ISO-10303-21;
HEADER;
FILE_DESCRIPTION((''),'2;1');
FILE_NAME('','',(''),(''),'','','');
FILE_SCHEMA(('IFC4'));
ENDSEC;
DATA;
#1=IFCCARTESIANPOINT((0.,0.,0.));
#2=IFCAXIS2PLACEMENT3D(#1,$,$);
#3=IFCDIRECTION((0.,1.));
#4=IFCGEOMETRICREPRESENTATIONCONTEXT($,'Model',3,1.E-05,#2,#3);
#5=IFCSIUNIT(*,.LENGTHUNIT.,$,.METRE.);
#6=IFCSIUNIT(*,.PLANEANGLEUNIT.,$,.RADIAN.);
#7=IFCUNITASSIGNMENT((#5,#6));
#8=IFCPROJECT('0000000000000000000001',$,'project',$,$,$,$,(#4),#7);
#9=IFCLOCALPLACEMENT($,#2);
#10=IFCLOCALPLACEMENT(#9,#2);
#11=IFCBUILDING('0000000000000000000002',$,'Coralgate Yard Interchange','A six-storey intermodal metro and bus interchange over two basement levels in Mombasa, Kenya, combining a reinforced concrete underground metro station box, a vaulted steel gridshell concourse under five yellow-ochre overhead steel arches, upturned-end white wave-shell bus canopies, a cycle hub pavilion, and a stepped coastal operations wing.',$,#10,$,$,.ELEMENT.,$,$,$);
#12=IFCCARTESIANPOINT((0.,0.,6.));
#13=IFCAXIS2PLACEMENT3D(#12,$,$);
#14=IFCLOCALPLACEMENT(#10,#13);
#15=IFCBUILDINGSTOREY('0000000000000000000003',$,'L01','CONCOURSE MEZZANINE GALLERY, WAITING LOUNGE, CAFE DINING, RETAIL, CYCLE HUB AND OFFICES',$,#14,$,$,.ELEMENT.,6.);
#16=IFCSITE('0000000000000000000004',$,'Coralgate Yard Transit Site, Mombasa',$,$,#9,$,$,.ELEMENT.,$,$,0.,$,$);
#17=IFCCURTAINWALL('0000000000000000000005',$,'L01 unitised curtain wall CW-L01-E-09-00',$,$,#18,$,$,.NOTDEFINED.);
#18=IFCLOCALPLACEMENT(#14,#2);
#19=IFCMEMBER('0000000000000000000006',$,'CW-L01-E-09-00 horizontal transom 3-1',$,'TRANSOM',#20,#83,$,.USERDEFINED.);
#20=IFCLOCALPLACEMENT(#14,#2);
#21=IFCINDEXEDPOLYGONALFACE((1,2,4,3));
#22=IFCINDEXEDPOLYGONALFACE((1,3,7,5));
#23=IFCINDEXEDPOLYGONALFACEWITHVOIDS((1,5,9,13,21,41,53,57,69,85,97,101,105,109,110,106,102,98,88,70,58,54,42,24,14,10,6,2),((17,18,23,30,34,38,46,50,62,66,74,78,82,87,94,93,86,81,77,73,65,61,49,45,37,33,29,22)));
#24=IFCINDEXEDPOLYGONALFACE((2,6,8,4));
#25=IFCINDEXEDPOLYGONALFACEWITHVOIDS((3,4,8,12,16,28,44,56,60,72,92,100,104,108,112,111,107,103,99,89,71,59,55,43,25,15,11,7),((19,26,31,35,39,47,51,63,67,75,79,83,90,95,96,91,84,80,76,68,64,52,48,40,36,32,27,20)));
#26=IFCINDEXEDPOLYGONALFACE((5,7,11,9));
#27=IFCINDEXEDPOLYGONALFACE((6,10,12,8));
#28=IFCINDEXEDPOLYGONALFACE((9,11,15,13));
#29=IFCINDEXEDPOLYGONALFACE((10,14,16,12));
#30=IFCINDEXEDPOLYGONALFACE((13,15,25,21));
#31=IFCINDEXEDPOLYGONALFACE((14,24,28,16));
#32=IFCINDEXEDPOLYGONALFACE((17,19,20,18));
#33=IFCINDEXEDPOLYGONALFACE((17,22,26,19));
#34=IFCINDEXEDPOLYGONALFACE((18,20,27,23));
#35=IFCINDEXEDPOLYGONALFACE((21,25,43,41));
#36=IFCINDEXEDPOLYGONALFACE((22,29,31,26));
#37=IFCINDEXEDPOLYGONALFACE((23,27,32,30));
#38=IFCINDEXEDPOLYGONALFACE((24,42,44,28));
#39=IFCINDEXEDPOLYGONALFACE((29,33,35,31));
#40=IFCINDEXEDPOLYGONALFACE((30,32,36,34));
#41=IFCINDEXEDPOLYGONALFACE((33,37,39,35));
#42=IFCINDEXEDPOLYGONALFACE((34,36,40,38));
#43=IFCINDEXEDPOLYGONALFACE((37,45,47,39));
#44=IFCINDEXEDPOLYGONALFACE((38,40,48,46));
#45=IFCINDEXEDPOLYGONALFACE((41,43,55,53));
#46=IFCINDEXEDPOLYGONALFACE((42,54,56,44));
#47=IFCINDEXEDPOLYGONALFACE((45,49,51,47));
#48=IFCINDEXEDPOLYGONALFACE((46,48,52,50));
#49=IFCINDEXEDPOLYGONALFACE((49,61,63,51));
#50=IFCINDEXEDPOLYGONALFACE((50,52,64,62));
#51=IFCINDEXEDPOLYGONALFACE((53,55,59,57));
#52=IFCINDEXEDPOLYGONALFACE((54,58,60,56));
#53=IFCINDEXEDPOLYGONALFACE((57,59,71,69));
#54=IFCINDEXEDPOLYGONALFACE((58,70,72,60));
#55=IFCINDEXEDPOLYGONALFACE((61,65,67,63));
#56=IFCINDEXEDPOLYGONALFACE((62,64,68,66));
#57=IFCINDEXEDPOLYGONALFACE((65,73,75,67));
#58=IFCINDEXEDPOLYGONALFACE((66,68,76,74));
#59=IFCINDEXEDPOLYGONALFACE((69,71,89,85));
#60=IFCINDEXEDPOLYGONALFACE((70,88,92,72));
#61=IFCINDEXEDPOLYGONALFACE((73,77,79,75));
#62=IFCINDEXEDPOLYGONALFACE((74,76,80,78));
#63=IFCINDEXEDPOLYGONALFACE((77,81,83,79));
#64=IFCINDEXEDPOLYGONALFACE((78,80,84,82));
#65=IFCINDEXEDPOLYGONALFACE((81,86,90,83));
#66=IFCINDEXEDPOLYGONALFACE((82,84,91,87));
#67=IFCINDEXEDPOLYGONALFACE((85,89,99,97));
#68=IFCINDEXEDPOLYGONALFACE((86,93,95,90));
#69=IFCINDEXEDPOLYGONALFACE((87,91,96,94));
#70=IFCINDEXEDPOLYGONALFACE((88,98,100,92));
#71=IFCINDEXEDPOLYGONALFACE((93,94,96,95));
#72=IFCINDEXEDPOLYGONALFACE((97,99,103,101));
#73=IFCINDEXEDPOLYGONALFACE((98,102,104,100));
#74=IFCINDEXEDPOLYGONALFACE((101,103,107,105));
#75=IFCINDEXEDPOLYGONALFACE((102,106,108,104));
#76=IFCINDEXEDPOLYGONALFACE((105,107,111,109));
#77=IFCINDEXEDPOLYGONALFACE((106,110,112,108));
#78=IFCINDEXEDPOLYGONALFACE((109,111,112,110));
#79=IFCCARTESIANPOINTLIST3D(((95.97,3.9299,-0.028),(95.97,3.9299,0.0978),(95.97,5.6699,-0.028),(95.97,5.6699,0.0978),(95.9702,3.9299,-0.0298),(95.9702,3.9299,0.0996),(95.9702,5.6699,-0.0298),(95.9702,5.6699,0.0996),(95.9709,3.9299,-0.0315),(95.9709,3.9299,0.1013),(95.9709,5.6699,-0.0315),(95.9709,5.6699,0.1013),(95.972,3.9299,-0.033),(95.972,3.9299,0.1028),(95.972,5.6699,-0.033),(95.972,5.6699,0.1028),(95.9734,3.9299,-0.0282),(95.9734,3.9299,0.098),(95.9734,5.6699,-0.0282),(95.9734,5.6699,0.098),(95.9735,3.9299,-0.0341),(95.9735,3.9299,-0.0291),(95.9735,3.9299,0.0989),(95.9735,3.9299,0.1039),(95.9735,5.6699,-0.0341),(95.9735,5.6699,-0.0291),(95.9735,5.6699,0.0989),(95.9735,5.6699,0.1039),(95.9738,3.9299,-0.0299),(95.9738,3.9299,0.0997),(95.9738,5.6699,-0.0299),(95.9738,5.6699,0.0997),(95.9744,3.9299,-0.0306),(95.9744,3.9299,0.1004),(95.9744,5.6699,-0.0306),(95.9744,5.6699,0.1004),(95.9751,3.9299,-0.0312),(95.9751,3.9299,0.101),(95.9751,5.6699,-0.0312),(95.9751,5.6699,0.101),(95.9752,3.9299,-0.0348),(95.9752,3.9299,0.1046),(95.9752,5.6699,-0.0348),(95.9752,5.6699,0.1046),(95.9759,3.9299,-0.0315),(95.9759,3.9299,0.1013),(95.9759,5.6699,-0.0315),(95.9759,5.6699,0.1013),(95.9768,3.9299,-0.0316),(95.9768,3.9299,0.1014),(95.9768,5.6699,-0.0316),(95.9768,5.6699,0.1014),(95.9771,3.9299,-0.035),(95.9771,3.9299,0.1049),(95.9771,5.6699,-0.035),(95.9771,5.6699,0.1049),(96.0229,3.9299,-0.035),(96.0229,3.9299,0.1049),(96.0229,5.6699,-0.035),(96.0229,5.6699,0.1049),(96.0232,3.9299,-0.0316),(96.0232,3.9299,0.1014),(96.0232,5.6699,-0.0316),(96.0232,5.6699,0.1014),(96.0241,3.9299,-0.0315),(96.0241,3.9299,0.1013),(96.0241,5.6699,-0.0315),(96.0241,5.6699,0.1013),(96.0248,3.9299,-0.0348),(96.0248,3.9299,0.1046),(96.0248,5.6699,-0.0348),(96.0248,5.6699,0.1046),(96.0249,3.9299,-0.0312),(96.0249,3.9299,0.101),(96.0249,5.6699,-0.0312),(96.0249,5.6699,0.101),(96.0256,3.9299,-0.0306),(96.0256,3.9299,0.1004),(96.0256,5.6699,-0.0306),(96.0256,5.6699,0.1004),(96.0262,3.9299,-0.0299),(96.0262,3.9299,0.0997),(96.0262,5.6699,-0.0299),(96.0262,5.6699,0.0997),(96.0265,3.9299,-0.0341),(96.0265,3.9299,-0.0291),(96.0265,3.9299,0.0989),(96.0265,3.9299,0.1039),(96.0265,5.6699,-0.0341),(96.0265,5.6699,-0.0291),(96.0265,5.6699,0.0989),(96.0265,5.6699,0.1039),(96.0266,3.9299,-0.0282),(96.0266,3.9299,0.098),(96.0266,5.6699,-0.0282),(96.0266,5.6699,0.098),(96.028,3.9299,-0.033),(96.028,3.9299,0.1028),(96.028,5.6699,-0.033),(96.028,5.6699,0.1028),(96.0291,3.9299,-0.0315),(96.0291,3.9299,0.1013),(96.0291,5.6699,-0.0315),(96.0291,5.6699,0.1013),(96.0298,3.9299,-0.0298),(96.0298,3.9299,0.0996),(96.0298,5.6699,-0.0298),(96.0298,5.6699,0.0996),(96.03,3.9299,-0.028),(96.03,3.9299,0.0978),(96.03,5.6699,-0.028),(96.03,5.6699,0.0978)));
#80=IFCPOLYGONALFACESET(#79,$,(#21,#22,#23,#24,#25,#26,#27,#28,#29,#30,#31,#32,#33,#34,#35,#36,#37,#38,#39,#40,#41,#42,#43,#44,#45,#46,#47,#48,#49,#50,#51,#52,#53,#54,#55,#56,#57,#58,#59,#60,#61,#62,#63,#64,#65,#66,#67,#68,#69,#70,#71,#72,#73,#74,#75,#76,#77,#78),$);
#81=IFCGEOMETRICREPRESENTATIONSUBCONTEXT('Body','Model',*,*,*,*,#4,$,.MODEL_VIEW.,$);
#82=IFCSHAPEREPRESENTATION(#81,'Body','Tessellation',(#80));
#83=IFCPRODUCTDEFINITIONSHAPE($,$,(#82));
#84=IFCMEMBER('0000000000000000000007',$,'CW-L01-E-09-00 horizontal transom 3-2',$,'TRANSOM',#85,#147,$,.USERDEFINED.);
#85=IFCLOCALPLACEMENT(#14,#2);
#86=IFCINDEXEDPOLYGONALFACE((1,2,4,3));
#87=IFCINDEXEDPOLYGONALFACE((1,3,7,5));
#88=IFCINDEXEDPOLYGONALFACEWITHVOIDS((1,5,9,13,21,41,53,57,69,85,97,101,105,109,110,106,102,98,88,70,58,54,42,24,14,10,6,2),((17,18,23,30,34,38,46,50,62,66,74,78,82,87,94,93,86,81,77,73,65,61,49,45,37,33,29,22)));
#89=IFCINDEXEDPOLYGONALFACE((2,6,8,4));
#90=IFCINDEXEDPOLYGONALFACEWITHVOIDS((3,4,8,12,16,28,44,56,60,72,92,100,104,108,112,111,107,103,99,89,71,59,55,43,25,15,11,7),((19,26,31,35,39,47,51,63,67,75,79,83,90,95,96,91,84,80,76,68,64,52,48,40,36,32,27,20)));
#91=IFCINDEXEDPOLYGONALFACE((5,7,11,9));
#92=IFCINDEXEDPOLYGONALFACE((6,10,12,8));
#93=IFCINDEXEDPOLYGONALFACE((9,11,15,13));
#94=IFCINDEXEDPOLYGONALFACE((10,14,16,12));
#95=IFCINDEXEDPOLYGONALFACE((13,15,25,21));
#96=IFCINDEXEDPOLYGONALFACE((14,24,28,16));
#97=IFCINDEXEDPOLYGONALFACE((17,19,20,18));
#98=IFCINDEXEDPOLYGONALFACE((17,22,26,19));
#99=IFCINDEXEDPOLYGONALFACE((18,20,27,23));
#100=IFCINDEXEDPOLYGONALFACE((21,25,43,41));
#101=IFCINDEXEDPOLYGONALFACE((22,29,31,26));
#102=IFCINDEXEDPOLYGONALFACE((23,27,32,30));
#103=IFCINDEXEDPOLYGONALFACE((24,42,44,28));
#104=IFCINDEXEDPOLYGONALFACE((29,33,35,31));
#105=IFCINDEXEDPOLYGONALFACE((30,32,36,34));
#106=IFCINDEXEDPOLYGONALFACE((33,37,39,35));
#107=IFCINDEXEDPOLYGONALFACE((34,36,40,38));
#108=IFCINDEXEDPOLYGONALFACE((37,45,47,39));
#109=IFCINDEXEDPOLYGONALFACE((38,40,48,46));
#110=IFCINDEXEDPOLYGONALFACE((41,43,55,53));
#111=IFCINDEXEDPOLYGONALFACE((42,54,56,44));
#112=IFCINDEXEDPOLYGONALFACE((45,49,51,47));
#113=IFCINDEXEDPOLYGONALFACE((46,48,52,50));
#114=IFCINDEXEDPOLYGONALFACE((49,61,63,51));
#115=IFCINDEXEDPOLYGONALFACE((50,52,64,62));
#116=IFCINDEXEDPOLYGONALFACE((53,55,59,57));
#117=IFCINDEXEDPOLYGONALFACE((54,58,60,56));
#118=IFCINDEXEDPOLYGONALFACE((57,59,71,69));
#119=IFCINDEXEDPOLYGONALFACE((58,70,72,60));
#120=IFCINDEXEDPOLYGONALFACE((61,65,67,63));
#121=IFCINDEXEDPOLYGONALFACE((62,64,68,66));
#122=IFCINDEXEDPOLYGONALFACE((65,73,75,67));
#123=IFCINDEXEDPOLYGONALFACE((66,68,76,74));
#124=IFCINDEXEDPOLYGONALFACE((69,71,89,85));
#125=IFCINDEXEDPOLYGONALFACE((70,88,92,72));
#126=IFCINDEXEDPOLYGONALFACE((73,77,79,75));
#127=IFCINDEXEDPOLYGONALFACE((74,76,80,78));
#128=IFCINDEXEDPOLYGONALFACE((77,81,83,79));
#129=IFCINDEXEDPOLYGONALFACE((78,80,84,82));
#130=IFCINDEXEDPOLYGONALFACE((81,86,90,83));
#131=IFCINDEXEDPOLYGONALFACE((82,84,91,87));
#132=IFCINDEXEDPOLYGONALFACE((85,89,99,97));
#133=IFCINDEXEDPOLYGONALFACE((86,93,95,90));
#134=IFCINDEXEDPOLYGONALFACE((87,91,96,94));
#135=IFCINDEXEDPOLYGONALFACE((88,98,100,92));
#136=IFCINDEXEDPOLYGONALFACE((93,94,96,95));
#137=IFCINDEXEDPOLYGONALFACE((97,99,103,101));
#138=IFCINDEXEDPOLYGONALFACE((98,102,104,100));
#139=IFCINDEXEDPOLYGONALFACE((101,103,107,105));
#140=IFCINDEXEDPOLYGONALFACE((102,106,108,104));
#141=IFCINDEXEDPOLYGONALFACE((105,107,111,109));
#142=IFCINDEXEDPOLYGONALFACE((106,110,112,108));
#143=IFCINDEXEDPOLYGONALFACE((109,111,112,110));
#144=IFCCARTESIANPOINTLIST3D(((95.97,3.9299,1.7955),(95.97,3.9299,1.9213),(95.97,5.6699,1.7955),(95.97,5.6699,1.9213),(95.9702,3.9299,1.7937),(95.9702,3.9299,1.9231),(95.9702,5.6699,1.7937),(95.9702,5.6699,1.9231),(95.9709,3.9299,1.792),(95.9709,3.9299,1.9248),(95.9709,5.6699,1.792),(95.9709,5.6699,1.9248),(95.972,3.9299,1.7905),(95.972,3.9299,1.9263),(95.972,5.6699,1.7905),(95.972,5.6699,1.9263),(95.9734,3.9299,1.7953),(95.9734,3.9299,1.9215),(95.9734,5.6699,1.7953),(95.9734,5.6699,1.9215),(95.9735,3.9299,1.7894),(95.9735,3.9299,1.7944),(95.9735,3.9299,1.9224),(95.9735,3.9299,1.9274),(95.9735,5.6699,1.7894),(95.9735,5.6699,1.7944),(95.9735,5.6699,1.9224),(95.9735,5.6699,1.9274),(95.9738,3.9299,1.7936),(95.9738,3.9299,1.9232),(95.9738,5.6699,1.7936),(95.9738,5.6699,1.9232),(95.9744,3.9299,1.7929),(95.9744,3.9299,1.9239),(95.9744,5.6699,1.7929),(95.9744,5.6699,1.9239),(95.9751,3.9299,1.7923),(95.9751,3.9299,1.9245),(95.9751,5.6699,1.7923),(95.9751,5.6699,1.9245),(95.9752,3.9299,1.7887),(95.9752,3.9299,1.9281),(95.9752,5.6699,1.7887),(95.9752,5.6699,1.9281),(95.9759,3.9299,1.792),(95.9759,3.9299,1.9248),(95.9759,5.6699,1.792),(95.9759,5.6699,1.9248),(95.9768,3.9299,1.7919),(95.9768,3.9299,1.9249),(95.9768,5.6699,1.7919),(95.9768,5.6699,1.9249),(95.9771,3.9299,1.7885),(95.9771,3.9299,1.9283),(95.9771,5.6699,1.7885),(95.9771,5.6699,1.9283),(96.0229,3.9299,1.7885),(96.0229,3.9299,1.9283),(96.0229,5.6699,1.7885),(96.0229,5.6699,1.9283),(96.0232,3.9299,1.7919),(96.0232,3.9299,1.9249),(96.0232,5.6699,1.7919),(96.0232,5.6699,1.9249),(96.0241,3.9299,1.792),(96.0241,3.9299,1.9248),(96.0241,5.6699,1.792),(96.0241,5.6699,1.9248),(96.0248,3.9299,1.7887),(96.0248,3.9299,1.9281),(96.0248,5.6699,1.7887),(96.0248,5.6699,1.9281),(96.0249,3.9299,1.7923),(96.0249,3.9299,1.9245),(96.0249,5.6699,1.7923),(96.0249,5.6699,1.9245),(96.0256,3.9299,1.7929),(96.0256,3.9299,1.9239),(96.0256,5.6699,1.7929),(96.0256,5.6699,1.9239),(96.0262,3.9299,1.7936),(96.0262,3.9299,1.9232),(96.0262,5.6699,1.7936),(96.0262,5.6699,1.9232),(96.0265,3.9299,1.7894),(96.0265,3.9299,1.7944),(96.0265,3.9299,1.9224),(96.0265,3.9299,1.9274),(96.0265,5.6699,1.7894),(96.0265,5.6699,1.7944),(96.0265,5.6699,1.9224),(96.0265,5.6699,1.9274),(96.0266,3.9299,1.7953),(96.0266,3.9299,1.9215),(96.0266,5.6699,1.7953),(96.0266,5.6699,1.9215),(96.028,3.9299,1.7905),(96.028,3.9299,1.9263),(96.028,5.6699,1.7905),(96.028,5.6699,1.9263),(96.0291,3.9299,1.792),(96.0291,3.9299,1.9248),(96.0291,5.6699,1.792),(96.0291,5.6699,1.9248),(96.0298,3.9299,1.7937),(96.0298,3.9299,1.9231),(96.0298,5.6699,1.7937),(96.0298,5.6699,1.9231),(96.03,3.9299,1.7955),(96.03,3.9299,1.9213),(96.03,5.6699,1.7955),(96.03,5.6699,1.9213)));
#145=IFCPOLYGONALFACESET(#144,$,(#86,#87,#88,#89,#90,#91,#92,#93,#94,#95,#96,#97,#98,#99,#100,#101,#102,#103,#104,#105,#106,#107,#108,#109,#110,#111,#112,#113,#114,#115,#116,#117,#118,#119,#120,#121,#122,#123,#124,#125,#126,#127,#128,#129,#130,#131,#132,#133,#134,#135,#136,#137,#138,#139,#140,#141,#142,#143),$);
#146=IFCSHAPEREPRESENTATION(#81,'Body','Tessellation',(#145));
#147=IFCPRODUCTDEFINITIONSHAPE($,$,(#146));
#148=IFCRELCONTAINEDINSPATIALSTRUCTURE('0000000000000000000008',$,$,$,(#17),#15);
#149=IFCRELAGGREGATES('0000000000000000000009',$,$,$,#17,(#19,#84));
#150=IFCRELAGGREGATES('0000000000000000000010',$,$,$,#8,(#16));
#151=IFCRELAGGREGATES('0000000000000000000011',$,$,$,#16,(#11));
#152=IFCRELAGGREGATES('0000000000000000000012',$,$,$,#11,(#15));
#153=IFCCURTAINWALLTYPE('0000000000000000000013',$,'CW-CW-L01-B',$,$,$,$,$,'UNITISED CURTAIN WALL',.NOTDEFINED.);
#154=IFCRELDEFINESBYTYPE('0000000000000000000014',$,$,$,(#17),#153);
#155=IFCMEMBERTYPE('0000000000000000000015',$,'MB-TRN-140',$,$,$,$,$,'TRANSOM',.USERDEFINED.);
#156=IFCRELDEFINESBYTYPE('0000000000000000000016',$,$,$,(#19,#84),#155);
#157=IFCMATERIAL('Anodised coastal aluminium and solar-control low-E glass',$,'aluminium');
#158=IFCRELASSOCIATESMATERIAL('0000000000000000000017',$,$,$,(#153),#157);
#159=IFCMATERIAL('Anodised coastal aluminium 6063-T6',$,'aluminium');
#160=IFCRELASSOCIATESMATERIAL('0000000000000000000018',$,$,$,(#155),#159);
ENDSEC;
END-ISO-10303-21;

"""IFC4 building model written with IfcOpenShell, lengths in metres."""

from ifc_helpers import new_model, si_unit, direction, frame, origin, origin_2d, place, context, subcontext, project, spatial, hollow_rectangle, extrude, material, material_profile, profile_set, type_object, element, aggregate, save


model = new_model("IFC4")

# Units and contexts
model_context = context("Model", 3, precision=1e-05, world=origin(), true_north=direction((0.0, 1.0)))
body_context = subcontext(model_context, "Body", "Model", "MODEL_VIEW")
ifc_project = project(units=[si_unit("LENGTHUNIT", "METRE"), si_unit("PLANEANGLEUNIT", "RADIAN")], contexts=[model_context])

# Site, building, storey
site_placement = place(None, origin())
site = spatial("IfcSite", under=ifc_project, at=site_placement, Name="Coralgate Yard Transit Site, Mombasa", CompositionType="ELEMENT", RefElevation=0.0)
building_placement = place(site_placement, origin())
building = spatial("IfcBuilding", under=site, at=building_placement, Name="Coralgate Yard Interchange", Description="A six-storey intermodal metro and bus interchange over two basement levels in Mombasa, Kenya, combining a reinforced concrete underground metro station box, a vaulted steel gridshell concourse under five yellow-ochre overhead steel arches, upturned-end white wave-shell bus canopies, a cycle hub pavilion, and a stepped coastal operations wing.", CompositionType="ELEMENT")
storey_placement = place(building_placement, frame((0.0, 0.0, 6.0)))
storey = spatial("IfcBuildingStorey", under=building, at=storey_placement, Name="L01", Description="CONCOURSE MEZZANINE GALLERY, WAITING LOUNGE, CAFE DINING, RETAIL, CYCLE HUB AND OFFICES", CompositionType="ELEMENT", Elevation=6.0)

# Curtain wall, members
ifc_material_1 = material(Name="Anodised coastal aluminium and solar-control low-E glass", Category="aluminium")
curtain_wall_type = type_object("IfcCurtainWallType", Name="CW-CW-L01-B", ElementType="UNITISED CURTAIN WALL", PredefinedType="NOTDEFINED", material=ifc_material_1)
curtain_wall_placement = place(storey_placement, origin())
curtain_wall = element("IfcCurtainWall", 1, at=curtain_wall_placement, inside=storey, type_object=curtain_wall_type, Name="L01 unitised curtain wall CW-L01-E-09-00", PredefinedType="NOTDEFINED")
ifc_material_2 = material(Name="Anodised coastal aluminium 6063-T6", Category="aluminium")
ifc_material_profile_1 = material_profile(ifc_material_2, hollow_rectangle(XDim=0.0601, YDim=0.1399, WallThickness=0.0034, InnerFilletRadius=0.0034, OuterFilletRadius=0.0071, at=origin_2d()), Name="ALU 60x140x3.5")
ifc_profile_set_1 = profile_set([ifc_material_profile_1], Name="Anodised coastal aluminium 6063-T6")
member_type_1 = type_object("IfcMemberType", Name="MB-TRN-140", ElementType="TRANSOM", PredefinedType="USERDEFINED", material=ifc_profile_set_1)
member_1_placement = place(storey_placement, frame((96.0, 5.6699, 0.0349), z_axis=(0.0, -1.0, 0.0), x_axis=(1.0, 0.0, 0.0)))
member_1 = element("IfcMember", 2, at=member_1_placement, type_object=member_type_1, Name="CW-L01-E-09-00 horizontal transom 3-1", ObjectType="TRANSOM", PredefinedType="USERDEFINED", context=body_context, shape_type="SweptSolid", body=[
    extrude(hollow_rectangle(XDim=0.0601, YDim=0.1399, WallThickness=0.0034, InnerFilletRadius=0.0034, OuterFilletRadius=0.0071, at=origin_2d()), origin(), (0.0, 0.0, 1.0), 1.74),
])
member_2_placement = place(storey_placement, frame((96.0, 5.6699, 1.8584), z_axis=(0.0, -1.0, 0.0), x_axis=(1.0, 0.0, 0.0)))
member_2 = element("IfcMember", 3, at=member_2_placement, type_object=member_type_1, Name="CW-L01-E-09-00 horizontal transom 3-2", ObjectType="TRANSOM", PredefinedType="USERDEFINED", context=body_context, shape_type="SweptSolid", body=[
    extrude(hollow_rectangle(XDim=0.0601, YDim=0.1399, WallThickness=0.0034, InnerFilletRadius=0.0034, OuterFilletRadius=0.0071, at=origin_2d()), origin(), (0.0, 0.0, 1.0), 1.74),
])
aggregate(curtain_wall, [member_1, member_2])

save(model, "model.ifc")
